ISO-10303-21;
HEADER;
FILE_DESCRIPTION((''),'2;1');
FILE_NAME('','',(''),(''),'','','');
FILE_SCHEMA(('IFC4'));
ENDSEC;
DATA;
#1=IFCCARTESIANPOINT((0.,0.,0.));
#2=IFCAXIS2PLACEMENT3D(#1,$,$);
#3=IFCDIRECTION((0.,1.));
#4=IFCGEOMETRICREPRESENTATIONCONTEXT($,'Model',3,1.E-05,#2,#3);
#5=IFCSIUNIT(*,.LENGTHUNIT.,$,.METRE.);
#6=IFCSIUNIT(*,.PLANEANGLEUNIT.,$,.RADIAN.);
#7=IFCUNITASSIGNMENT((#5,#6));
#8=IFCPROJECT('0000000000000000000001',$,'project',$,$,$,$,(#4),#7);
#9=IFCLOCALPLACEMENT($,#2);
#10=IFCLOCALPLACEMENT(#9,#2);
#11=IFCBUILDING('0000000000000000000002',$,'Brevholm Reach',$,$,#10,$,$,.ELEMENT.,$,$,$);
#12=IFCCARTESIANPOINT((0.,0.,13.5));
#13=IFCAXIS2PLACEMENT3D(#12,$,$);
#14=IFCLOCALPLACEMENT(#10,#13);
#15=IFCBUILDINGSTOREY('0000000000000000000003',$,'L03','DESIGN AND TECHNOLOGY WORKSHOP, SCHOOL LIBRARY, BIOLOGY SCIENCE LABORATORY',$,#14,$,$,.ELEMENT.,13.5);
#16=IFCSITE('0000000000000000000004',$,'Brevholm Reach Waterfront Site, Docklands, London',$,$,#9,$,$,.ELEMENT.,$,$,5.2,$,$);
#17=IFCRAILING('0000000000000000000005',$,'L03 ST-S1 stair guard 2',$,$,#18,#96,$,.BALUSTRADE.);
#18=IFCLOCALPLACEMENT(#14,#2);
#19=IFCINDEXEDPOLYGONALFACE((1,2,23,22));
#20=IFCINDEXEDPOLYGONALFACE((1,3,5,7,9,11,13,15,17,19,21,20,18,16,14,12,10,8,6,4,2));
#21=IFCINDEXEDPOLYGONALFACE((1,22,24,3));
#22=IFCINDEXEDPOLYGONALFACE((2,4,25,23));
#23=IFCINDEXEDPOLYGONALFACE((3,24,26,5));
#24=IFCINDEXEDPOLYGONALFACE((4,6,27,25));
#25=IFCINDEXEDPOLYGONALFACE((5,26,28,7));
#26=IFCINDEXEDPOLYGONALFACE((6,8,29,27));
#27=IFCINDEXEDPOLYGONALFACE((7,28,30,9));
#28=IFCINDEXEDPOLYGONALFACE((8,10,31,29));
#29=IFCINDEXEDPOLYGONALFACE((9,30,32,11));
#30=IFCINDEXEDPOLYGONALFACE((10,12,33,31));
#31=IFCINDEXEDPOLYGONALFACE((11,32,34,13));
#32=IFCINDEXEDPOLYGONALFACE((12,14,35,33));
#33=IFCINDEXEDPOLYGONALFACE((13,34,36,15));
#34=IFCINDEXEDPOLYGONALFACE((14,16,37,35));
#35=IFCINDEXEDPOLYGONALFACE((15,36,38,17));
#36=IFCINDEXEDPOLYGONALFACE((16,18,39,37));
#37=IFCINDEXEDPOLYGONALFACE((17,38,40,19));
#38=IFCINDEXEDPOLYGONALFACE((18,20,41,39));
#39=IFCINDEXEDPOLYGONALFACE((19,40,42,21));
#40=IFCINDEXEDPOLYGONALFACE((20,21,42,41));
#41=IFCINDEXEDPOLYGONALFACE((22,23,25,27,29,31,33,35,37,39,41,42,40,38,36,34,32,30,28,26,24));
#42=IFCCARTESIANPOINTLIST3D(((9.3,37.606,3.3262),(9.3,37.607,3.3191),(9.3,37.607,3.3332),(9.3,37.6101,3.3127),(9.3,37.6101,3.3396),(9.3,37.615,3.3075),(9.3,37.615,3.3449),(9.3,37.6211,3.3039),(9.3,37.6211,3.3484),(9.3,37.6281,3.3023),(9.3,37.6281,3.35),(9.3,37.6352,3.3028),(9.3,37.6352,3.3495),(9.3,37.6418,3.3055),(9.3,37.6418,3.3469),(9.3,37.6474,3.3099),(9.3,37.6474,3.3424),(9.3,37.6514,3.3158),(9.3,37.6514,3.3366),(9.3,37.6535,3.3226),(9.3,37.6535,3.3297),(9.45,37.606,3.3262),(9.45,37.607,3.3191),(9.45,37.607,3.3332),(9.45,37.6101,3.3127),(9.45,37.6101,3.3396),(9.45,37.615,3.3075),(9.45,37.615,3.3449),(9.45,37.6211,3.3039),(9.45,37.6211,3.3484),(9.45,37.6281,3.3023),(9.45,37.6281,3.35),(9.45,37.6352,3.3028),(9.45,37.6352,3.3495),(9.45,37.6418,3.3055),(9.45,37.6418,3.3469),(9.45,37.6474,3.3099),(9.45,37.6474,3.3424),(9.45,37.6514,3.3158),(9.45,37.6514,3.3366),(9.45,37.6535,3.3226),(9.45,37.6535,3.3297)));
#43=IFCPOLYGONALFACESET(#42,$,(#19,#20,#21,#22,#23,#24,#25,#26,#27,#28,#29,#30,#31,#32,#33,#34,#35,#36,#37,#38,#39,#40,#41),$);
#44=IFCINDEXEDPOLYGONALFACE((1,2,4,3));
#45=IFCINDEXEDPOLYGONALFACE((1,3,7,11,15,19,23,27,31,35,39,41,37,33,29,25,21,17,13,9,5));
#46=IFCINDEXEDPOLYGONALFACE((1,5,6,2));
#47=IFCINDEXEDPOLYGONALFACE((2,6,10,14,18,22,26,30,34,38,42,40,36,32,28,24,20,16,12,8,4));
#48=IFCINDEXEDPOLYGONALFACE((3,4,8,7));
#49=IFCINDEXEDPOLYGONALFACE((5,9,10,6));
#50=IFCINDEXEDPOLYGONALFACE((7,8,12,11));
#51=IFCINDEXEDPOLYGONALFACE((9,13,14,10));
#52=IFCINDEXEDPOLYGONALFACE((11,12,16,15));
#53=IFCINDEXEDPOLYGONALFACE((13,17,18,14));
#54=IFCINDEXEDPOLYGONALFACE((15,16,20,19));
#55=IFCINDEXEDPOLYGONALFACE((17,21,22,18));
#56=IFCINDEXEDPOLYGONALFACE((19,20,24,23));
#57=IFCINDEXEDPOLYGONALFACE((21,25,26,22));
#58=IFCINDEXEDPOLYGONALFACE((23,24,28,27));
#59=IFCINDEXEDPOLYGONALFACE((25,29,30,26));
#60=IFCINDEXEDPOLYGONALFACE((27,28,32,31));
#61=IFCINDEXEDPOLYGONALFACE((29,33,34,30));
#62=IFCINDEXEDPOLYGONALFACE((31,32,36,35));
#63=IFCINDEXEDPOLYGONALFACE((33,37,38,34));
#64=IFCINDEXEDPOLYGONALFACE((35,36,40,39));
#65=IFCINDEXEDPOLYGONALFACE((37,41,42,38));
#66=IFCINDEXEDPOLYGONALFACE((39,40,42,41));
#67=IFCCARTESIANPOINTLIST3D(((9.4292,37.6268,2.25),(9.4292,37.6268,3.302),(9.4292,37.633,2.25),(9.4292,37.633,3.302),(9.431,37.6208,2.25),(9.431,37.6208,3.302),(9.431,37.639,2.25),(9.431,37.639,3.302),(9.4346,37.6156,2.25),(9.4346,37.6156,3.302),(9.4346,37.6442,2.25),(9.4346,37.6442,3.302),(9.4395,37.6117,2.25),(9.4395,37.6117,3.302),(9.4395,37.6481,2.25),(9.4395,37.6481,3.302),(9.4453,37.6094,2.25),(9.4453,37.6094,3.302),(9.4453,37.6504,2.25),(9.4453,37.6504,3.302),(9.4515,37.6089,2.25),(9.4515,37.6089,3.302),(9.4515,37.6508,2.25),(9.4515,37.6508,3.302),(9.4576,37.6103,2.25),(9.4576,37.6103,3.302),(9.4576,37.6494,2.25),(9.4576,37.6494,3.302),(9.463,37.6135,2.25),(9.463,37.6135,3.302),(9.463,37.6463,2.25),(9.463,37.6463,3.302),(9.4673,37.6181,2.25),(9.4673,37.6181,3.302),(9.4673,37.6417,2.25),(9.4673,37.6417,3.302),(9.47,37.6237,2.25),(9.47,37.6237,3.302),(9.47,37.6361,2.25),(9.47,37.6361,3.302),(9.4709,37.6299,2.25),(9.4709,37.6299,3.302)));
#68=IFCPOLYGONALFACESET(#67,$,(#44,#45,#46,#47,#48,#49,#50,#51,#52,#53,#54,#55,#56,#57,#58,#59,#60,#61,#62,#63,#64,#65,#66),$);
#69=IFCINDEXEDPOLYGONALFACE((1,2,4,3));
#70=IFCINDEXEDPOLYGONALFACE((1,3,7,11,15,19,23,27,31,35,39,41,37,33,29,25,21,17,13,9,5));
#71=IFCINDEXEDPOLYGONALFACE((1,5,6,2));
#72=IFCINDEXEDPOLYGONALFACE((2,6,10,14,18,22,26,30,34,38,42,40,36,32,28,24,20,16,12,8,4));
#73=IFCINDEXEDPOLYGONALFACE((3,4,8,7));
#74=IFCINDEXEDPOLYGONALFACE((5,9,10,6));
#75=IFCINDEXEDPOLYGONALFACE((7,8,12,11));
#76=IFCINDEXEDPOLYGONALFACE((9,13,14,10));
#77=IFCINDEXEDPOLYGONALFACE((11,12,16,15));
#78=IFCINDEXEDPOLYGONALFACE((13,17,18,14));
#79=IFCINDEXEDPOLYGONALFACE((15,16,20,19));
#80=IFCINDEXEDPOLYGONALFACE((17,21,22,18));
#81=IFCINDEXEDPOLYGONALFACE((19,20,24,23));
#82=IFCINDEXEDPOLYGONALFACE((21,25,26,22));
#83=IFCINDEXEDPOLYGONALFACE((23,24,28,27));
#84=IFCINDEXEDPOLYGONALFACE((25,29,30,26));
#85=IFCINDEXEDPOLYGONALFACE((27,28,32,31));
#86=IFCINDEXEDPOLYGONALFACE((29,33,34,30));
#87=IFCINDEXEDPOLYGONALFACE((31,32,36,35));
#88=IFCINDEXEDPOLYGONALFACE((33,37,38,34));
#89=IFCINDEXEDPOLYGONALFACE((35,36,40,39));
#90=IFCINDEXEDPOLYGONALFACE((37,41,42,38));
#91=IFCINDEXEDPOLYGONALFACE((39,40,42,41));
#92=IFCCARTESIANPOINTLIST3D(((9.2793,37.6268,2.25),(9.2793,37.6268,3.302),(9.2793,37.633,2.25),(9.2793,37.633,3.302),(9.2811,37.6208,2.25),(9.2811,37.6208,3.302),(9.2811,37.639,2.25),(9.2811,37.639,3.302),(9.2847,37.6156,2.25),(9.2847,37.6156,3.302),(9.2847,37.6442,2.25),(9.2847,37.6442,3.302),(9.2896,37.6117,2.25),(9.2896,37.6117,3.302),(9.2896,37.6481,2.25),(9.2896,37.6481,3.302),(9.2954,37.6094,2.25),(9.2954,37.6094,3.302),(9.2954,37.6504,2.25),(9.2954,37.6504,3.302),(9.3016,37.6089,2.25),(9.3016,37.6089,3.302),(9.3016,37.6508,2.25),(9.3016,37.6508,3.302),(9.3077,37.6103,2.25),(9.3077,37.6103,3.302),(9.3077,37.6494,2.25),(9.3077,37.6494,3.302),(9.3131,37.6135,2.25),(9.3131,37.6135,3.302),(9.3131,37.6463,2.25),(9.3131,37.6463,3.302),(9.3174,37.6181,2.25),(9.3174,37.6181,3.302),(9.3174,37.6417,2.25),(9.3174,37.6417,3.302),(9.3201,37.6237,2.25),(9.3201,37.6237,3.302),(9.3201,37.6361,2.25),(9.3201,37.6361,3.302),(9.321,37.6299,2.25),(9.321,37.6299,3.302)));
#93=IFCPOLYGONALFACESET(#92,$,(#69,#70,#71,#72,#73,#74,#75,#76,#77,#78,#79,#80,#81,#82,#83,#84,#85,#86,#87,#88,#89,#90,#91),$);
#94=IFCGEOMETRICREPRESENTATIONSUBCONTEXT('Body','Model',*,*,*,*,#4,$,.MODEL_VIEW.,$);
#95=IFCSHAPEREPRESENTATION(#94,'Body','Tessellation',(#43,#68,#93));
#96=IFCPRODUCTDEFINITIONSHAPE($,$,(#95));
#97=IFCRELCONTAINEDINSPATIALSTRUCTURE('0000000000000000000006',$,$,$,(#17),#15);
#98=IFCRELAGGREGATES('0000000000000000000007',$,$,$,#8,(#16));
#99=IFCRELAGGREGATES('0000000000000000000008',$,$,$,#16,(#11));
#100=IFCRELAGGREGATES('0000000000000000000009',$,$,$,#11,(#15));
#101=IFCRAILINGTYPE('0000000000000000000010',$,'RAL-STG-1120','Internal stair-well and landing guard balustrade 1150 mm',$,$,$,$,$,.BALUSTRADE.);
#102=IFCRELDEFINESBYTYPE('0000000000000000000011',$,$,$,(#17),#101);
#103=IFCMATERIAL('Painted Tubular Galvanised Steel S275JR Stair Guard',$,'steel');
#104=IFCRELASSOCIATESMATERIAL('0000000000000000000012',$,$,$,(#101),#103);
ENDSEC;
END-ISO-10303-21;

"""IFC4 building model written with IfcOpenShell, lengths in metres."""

from ifc_helpers import new_model, si_unit, direction, frame, origin, origin_2d, place, context, subcontext, project, spatial, circle, extrude, material, type_object, element, save


model = new_model("IFC4")

# Units and contexts
model_context = context("Model", 3, precision=1e-05, world=origin(), true_north=direction((0.0, 1.0)))
body_context = subcontext(model_context, "Body", "Model", "MODEL_VIEW")
ifc_project = project(units=[si_unit("LENGTHUNIT", "METRE"), si_unit("PLANEANGLEUNIT", "RADIAN")], contexts=[model_context])

# Site, building, storey
site_placement = place(None, origin())
site = spatial("IfcSite", under=ifc_project, at=site_placement, Name="Brevholm Reach Waterfront Site, Docklands, London", CompositionType="ELEMENT", RefElevation=5.2)
building_placement = place(site_placement, origin())
building = spatial("IfcBuilding", under=site, at=building_placement, Name="Brevholm Reach", CompositionType="ELEMENT")
storey_placement = place(building_placement, frame((0.0, 0.0, 13.5)))
storey = spatial("IfcBuildingStorey", under=building, at=storey_placement, Name="L03", Description="DESIGN AND TECHNOLOGY WORKSHOP, SCHOOL LIBRARY, BIOLOGY SCIENCE LABORATORY", CompositionType="ELEMENT", Elevation=13.5)

# Railing
ifc_material_1 = material(Name="Painted Tubular Galvanised Steel S275JR Stair Guard", Category="steel")
railing_type_1 = type_object("IfcRailingType", Name="RAL-STG-1120", Description="Internal stair-well and landing guard balustrade 1150 mm", PredefinedType="BALUSTRADE", material=ifc_material_1)
railing_1_placement = place(storey_placement, frame((9.45, 37.6299, 2.25)))
element("IfcRailing", 1, at=railing_1_placement, inside=storey, type_object=railing_type_1, Name="L03 ST-S1 stair guard 2", PredefinedType="BALUSTRADE", context=body_context, shape_type="SweptSolid", body=[
    extrude(circle(Radius=0.0239, at=origin_2d()), frame((0.0, 0.0, 1.0762), z_axis=(-1.0, 0.0, 0.0), x_axis=(0.0, -1.0, 0.0)), (0.0, 0.0, 1.0), 0.1499),
    extrude(circle(Radius=0.021, at=origin_2d()), origin(), (0.0, 0.0, 1.0), 1.052),
    extrude(circle(Radius=0.021, at=origin_2d()), frame((-0.1499, 0.0, 0.0)), (0.0, 0.0, 1.0), 1.052),
])

save(model, "model.ifc")
